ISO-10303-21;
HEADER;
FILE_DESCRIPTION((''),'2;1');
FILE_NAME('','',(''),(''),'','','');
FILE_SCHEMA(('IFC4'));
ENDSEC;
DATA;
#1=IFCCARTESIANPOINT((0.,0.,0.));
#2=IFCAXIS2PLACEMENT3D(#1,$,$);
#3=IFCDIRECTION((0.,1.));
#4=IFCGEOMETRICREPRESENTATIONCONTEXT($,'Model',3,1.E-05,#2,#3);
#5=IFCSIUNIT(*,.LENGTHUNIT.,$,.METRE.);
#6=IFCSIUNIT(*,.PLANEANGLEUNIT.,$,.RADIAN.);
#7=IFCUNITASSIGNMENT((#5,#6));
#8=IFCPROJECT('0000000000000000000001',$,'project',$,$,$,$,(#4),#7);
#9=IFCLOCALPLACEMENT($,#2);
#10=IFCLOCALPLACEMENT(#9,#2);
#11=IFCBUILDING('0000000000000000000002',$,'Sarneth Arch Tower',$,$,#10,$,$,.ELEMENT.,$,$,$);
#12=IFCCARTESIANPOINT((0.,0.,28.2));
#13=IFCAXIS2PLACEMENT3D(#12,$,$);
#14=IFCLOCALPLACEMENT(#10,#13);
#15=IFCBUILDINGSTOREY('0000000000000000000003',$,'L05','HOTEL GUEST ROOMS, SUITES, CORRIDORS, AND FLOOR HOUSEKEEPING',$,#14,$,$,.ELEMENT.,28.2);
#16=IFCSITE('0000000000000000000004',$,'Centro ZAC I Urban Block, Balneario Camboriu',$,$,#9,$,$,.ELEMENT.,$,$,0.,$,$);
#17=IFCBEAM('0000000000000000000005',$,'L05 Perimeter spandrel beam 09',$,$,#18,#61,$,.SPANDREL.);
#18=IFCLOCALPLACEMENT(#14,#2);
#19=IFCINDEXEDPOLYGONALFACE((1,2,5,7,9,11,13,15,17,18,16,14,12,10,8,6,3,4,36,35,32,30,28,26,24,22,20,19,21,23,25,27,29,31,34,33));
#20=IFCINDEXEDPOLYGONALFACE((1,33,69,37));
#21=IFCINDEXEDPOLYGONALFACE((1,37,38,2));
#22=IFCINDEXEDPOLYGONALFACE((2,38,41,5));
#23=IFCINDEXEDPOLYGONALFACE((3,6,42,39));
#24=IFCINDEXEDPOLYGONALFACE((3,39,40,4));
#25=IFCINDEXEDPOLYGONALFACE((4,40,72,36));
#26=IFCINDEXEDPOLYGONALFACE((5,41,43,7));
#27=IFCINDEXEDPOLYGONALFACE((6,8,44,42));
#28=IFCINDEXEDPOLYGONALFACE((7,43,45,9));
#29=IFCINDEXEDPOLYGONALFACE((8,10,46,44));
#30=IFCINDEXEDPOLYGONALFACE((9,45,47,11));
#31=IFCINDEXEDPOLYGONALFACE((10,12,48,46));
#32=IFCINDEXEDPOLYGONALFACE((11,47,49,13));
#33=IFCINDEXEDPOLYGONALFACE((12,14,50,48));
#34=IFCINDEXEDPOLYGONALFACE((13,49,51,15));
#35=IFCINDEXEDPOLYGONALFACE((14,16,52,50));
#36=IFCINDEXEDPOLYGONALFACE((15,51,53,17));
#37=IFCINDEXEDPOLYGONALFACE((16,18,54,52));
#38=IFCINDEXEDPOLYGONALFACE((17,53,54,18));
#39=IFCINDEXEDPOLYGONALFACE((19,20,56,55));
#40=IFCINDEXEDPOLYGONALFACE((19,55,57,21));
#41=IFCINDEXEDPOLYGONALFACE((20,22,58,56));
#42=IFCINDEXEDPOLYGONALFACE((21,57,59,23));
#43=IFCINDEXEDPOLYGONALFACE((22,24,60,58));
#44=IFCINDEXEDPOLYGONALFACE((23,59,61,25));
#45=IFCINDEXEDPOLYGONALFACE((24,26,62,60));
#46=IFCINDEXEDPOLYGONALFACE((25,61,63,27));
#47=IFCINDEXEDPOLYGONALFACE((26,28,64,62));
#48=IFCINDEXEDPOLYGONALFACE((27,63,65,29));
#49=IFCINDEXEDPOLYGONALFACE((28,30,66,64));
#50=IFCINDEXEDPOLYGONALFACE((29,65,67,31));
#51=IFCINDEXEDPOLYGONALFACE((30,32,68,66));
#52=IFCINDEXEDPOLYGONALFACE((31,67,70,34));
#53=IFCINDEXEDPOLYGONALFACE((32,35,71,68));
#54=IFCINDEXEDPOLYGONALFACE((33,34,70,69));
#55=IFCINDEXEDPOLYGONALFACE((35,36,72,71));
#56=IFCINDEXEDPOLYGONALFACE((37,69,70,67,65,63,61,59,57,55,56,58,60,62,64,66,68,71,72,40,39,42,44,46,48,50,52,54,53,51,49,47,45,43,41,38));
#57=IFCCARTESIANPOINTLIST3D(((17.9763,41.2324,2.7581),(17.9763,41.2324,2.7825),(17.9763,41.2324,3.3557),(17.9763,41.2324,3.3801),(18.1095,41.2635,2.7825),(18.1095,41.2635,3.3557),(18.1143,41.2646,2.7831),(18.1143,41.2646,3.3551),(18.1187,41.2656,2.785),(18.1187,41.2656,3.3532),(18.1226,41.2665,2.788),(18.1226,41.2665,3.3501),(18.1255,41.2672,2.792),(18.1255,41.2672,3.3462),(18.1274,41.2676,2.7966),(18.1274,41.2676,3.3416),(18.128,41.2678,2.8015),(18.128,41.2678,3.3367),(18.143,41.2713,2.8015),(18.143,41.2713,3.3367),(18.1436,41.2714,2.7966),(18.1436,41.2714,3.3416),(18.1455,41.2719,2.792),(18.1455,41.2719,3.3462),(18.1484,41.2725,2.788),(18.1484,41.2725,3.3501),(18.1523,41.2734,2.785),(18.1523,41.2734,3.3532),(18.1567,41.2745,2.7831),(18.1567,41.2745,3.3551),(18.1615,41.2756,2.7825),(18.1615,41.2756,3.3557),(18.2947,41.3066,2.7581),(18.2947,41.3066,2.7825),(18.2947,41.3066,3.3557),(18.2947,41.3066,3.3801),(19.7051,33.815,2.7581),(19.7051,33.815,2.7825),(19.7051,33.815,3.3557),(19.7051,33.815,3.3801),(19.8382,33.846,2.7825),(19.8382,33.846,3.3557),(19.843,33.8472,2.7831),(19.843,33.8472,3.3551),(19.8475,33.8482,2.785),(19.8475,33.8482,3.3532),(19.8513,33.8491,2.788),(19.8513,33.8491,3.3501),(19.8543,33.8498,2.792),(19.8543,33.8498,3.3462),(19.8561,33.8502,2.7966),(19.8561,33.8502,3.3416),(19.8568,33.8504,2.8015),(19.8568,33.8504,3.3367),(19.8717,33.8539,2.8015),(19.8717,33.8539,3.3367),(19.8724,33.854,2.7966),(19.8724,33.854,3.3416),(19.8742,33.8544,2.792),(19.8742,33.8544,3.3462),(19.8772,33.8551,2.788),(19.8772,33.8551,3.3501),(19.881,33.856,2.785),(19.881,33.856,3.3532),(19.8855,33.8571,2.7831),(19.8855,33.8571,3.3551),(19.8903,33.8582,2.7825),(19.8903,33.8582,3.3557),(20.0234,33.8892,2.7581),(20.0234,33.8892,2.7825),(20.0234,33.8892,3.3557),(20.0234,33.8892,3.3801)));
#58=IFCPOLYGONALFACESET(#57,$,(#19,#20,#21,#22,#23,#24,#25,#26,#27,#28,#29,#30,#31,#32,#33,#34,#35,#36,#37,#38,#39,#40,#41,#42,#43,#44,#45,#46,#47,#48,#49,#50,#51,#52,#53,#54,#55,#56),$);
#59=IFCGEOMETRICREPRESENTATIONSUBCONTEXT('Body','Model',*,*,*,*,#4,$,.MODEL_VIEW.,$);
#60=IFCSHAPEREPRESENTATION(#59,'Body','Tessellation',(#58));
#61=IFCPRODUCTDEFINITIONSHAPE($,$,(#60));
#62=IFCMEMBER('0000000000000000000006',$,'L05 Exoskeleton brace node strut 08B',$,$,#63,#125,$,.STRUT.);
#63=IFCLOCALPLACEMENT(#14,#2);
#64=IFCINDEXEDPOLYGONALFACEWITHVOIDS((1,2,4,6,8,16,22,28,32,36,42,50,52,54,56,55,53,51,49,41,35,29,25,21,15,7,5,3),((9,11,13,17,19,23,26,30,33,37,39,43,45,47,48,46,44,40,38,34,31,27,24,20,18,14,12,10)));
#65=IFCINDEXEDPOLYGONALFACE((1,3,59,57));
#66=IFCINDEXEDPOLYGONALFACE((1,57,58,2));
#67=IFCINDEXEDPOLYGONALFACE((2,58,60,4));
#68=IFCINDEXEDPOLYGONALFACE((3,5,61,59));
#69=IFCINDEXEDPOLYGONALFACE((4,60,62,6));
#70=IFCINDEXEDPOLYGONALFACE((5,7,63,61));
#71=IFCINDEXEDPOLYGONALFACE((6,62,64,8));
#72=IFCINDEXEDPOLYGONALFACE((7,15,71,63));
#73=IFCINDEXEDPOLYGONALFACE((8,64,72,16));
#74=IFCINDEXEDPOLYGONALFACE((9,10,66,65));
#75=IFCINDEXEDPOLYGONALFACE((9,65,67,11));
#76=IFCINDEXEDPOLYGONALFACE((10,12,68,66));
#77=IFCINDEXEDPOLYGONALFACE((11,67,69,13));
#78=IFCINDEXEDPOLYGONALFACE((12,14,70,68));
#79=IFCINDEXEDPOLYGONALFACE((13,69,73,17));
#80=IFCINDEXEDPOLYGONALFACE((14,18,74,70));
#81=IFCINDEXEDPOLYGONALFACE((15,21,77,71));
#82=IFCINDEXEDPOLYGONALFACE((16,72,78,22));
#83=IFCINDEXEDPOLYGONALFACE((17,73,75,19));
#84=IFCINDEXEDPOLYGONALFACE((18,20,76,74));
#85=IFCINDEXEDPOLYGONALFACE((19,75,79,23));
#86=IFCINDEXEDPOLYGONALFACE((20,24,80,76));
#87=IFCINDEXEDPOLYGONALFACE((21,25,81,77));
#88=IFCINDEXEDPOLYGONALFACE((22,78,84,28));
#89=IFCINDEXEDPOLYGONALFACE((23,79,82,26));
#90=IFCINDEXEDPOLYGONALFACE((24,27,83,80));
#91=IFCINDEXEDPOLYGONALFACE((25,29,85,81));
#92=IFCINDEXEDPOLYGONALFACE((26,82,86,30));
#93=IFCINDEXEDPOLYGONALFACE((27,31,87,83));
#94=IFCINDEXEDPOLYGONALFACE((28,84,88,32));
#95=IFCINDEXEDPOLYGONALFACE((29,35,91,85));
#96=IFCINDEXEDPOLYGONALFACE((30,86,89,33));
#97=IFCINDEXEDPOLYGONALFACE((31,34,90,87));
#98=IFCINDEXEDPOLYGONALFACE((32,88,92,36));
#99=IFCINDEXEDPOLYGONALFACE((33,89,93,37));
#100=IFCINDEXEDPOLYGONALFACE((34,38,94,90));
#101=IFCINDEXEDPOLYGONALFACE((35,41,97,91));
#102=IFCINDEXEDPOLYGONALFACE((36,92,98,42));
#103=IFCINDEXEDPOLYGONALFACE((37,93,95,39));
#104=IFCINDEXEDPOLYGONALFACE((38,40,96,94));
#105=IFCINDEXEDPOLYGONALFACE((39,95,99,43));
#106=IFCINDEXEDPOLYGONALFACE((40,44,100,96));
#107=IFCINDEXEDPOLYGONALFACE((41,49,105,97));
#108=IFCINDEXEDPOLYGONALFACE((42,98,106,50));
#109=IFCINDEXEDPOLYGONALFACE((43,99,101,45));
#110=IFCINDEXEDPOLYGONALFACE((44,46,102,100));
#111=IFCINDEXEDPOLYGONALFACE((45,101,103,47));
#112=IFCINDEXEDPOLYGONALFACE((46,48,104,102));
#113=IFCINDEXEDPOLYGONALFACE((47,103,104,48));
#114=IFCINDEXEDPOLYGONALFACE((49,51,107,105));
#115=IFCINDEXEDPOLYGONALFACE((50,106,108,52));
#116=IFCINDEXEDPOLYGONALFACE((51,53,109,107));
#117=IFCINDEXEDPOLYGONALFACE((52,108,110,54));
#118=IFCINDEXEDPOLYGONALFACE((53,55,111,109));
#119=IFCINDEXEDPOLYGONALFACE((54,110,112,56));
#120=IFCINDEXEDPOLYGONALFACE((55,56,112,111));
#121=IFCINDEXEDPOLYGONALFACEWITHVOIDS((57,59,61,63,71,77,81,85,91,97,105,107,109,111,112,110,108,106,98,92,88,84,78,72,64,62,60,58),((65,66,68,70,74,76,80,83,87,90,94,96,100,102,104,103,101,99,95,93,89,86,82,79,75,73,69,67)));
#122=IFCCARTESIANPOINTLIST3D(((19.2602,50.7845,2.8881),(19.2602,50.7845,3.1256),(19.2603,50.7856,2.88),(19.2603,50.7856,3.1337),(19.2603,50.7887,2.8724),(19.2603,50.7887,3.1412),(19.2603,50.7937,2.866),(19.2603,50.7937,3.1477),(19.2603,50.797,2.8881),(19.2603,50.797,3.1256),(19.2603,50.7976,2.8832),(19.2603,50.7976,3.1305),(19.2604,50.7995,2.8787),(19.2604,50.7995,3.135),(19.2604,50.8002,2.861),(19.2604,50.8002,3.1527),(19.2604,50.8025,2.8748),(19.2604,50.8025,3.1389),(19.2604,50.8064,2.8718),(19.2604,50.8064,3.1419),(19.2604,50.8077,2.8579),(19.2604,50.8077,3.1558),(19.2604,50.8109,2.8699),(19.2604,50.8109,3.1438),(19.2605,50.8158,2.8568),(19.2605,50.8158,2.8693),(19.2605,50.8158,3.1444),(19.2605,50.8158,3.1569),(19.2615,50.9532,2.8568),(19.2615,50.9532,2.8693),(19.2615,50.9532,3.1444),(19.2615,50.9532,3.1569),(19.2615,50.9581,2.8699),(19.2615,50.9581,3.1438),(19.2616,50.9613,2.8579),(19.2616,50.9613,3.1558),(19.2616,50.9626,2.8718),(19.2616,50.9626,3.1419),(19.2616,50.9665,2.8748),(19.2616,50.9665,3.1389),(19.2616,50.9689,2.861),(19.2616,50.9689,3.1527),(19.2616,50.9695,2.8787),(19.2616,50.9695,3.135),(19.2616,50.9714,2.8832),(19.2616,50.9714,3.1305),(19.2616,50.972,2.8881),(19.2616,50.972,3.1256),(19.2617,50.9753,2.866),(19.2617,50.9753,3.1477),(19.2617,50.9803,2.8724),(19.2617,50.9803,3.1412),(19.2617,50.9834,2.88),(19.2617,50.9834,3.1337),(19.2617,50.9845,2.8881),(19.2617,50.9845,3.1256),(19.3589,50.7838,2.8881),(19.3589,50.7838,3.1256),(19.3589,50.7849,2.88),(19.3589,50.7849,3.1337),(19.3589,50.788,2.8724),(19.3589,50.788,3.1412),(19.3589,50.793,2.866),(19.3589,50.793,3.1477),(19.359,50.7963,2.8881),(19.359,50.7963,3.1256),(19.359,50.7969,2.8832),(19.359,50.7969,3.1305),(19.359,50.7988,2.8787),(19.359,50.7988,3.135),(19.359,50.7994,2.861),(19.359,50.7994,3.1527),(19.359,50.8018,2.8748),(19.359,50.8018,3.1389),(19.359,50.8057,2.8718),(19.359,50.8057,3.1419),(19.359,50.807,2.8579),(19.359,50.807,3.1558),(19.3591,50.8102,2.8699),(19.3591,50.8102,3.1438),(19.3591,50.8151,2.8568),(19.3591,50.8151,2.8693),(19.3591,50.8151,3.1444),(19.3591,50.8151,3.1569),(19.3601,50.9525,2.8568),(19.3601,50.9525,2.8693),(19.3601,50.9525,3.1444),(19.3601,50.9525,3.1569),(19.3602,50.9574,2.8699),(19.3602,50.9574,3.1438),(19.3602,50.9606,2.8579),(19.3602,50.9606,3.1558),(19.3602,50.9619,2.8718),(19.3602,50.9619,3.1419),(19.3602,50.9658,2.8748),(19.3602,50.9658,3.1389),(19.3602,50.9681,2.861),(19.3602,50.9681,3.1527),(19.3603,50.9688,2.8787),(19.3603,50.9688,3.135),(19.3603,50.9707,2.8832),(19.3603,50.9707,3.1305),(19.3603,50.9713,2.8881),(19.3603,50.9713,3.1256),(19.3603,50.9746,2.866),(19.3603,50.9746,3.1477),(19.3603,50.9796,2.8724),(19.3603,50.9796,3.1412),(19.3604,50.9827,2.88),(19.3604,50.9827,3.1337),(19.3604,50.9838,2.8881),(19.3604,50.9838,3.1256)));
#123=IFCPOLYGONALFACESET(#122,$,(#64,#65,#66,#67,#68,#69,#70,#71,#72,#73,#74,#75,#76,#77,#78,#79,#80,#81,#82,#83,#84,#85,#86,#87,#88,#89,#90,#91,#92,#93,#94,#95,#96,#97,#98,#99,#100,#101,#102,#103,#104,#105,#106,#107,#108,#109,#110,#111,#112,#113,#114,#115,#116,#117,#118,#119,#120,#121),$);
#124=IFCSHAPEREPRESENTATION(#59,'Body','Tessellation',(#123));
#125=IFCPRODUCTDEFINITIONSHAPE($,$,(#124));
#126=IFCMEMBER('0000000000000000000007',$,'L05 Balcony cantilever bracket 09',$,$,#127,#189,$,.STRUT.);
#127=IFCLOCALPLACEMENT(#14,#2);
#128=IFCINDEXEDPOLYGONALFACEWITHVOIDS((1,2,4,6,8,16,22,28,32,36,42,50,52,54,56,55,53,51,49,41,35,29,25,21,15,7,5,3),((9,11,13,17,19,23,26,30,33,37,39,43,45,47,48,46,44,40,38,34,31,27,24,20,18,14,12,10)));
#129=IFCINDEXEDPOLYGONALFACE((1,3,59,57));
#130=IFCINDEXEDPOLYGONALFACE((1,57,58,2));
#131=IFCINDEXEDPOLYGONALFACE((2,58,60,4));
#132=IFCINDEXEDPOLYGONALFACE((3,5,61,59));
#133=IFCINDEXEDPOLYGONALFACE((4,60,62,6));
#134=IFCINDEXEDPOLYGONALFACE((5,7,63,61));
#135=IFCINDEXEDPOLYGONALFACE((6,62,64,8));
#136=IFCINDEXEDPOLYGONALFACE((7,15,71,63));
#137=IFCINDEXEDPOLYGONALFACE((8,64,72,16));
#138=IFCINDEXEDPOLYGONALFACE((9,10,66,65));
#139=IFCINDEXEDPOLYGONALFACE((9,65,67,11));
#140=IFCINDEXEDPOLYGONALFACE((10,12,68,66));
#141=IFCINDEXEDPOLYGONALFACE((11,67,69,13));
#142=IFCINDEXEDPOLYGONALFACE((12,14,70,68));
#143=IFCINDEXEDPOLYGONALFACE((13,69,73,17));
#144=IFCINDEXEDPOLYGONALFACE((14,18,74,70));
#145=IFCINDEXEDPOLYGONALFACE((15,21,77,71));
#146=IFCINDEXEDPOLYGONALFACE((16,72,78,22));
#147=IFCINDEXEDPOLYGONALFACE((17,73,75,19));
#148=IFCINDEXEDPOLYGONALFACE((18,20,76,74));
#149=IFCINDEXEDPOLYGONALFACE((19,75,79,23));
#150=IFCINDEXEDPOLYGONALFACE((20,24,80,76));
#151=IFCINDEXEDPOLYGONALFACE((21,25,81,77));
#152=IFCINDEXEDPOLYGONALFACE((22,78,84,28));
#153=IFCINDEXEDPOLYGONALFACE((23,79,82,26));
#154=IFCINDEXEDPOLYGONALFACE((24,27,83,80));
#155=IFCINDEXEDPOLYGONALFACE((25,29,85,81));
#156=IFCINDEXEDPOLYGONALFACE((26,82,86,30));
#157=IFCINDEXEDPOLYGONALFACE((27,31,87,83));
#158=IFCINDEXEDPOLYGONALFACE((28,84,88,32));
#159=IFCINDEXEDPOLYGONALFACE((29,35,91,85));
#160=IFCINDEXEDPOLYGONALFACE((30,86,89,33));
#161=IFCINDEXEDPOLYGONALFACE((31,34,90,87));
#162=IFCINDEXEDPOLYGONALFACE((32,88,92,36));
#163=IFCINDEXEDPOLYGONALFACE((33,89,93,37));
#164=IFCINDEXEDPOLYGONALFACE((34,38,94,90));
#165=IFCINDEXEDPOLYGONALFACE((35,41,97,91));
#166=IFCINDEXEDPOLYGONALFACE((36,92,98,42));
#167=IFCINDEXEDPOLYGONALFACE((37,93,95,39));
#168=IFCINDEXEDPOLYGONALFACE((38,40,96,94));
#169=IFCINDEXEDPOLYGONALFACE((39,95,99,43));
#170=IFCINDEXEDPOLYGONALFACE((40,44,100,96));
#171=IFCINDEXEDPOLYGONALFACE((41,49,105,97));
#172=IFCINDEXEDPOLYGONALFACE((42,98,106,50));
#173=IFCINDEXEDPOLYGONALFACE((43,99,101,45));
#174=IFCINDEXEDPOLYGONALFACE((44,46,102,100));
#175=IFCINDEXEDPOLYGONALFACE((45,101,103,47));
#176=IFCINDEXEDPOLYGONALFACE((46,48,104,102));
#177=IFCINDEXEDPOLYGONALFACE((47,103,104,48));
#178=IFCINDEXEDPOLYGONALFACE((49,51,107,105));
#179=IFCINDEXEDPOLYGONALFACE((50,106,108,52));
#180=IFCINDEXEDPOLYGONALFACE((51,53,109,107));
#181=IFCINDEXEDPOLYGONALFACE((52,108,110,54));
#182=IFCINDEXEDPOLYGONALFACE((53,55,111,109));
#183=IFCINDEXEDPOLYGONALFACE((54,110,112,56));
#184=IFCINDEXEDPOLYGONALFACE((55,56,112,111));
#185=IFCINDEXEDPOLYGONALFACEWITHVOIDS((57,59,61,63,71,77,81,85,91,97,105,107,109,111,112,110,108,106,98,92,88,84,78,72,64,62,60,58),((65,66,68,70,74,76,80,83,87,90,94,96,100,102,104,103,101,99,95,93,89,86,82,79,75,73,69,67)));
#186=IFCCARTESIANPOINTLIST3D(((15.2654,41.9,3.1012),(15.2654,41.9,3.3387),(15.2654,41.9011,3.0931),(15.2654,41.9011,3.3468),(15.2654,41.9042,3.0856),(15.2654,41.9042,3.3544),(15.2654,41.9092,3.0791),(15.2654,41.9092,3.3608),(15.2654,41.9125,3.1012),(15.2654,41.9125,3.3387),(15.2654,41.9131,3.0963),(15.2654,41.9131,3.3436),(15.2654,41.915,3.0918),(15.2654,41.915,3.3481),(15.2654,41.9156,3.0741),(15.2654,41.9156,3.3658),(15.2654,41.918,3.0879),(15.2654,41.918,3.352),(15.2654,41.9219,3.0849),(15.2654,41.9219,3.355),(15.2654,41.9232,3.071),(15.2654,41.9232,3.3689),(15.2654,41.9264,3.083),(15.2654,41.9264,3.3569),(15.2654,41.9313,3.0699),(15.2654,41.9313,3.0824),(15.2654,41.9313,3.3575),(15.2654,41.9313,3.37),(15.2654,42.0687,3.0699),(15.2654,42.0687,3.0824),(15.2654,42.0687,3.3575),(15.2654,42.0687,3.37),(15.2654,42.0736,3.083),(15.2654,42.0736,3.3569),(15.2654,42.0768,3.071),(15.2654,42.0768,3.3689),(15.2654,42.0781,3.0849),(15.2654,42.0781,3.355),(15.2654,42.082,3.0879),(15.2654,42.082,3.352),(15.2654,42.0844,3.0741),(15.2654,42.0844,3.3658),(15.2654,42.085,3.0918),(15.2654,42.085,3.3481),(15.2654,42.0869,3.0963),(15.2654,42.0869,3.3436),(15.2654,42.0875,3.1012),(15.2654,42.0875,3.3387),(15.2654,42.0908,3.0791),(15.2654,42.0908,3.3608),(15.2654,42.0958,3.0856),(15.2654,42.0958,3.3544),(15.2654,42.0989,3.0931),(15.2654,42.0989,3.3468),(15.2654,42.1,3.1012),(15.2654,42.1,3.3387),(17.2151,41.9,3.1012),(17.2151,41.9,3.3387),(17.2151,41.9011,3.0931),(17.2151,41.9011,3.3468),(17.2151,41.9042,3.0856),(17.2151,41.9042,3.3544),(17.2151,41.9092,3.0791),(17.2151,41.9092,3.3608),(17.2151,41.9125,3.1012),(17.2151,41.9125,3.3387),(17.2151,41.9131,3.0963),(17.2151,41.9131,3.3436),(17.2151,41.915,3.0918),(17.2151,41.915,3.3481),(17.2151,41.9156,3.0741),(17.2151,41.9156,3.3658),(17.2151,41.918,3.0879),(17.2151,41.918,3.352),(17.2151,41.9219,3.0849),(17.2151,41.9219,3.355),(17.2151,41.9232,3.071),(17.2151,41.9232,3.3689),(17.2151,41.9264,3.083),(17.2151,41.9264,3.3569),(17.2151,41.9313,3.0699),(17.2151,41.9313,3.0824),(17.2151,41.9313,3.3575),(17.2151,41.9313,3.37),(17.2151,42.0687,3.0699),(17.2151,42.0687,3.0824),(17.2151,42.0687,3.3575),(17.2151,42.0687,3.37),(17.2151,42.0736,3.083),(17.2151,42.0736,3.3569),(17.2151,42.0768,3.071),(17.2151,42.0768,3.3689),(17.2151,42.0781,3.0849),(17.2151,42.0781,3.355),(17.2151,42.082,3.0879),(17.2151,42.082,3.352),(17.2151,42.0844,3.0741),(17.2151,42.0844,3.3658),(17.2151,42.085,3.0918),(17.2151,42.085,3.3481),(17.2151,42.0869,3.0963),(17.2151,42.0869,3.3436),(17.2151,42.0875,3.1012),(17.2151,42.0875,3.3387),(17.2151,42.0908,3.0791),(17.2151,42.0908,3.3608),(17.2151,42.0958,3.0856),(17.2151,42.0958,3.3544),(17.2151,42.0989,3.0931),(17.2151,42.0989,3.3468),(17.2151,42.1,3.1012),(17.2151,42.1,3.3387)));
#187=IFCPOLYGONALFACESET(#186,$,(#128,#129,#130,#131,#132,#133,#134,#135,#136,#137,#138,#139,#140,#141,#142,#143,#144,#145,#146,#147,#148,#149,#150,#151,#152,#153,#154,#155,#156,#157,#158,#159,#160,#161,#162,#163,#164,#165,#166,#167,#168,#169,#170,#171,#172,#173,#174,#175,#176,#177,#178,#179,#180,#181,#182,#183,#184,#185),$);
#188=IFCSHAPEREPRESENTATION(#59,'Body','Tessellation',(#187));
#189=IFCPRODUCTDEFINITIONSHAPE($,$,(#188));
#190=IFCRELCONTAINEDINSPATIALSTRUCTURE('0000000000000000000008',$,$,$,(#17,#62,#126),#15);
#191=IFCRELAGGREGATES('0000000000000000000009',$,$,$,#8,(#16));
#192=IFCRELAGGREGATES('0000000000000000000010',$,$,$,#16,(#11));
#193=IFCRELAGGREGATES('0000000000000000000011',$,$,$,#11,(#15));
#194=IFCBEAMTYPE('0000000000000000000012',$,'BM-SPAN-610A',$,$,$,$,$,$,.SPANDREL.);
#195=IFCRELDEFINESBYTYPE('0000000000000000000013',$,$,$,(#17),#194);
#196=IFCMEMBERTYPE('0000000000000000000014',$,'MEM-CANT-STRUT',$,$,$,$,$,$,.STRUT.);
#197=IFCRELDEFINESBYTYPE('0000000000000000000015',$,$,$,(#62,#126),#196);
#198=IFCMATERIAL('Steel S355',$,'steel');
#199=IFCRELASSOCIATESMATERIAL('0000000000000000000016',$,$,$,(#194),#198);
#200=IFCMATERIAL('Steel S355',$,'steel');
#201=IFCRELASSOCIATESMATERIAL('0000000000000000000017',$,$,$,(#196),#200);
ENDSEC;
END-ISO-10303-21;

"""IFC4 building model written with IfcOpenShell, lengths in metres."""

from ifc_helpers import new_model, si_unit, direction, frame, origin, origin_2d, place, context, subcontext, project, spatial, hollow_rectangle, i_section, extrude, material, material_profile, profile_set, type_object, element, save


model = new_model("IFC4")

# Units and contexts
model_context = context("Model", 3, precision=1e-05, world=origin(), true_north=direction((0.0, 1.0)))
body_context = subcontext(model_context, "Body", "Model", "MODEL_VIEW")
ifc_project = project(units=[si_unit("LENGTHUNIT", "METRE"), si_unit("PLANEANGLEUNIT", "RADIAN")], contexts=[model_context])

# Site, building, storey
site_placement = place(None, origin())
site = spatial("IfcSite", under=ifc_project, at=site_placement, Name="Centro ZAC I Urban Block, Balneario Camboriu", CompositionType="ELEMENT", RefElevation=0.0)
building_placement = place(site_placement, origin())
building = spatial("IfcBuilding", under=site, at=building_placement, Name="Sarneth Arch Tower", CompositionType="ELEMENT")
storey_placement = place(building_placement, frame((0.0, 0.0, 28.2)))
storey = spatial("IfcBuildingStorey", under=building, at=storey_placement, Name="L05", Description="HOTEL GUEST ROOMS, SUITES, CORRIDORS, AND FLOOR HOUSEKEEPING", CompositionType="ELEMENT", Elevation=28.2)

# Beam
ifc_material_1 = material(Name="Steel S355", Category="steel")
ifc_material_profile_1 = material_profile(ifc_material_1, i_section(OverallWidth=0.3269, OverallDepth=0.6221, WebThickness=0.0154, FlangeThickness=0.0244, FilletRadius=0.019, at=origin_2d()), Name="W610x195")
ifc_profile_set_1 = profile_set([ifc_material_profile_1], Name="Steel S355")
beam_type_1 = type_object("IfcBeamType", Name="BM-SPAN-610A", PredefinedType="SPANDREL", material=ifc_profile_set_1)
for number, where, z_axis, x_axis, name in (
    (1, (18.1355, 41.2695, 3.0691), (0.226982, -0.973899, 0.0), (0.973899, 0.226982, 0.0), "L05 Perimeter spandrel beam 09"),
):
    element("IfcBeam", number, at=place(storey_placement, frame(where, z_axis=z_axis, x_axis=x_axis)), inside=storey, type_object=beam_type_1, Name=name, PredefinedType="SPANDREL", context=body_context, shape_type="SweptSolid", body=[
        extrude(i_section(OverallWidth=0.3269, OverallDepth=0.6221, WebThickness=0.0154, FlangeThickness=0.0244, FilletRadius=0.019, at=origin_2d()), origin(), (0.0, 0.0, 1.0), 7.6162),
    ])

# Members
ifc_material_2 = material(Name="Steel S355", Category="steel")
ifc_material_profile_2 = material_profile(ifc_material_2, hollow_rectangle(XDim=0.2, YDim=0.3, WallThickness=0.0125, InnerFilletRadius=0.0188, OuterFilletRadius=0.0312, at=origin_2d()), Name="RHS300x200x12.5")
ifc_profile_set_2 = profile_set([ifc_material_profile_2], Name="Steel S355")
member_type_1 = type_object("IfcMemberType", Name="MEM-CANT-STRUT", PredefinedType="STRUT", material=ifc_profile_set_2)
member_1_placement = place(storey_placement, frame((19.3596, 50.8838, 3.0068), z_axis=(-0.999972, 0.007426, 0.0), x_axis=(-0.007426, -0.999972, 0.0)))
element("IfcMember", 2, at=member_1_placement, inside=storey, type_object=member_type_1, Name="L05 Exoskeleton brace node strut 08B", PredefinedType="STRUT", context=body_context, shape_type="SweptSolid", body=[
    extrude(hollow_rectangle(XDim=0.2, YDim=0.3, WallThickness=0.0125, InnerFilletRadius=0.0188, OuterFilletRadius=0.0312, at=origin_2d()), origin(), (0.0, 0.0, 1.0), 0.0986),
])
member_2_placement = place(storey_placement, frame((17.2151, 42.0, 3.22), z_axis=(-1.0, 0.0, 0.0), x_axis=(0.0, -1.0, 0.0)))
element("IfcMember", 3, at=member_2_placement, inside=storey, type_object=member_type_1, Name="L05 Balcony cantilever bracket 09", PredefinedType="STRUT", context=body_context, shape_type="SweptSolid", body=[
    extrude(hollow_rectangle(XDim=0.2, YDim=0.3, WallThickness=0.0125, InnerFilletRadius=0.0188, OuterFilletRadius=0.0312, at=origin_2d()), origin(), (0.0, 0.0, 1.0), 1.9497),
])

save(model, "model.ifc")
